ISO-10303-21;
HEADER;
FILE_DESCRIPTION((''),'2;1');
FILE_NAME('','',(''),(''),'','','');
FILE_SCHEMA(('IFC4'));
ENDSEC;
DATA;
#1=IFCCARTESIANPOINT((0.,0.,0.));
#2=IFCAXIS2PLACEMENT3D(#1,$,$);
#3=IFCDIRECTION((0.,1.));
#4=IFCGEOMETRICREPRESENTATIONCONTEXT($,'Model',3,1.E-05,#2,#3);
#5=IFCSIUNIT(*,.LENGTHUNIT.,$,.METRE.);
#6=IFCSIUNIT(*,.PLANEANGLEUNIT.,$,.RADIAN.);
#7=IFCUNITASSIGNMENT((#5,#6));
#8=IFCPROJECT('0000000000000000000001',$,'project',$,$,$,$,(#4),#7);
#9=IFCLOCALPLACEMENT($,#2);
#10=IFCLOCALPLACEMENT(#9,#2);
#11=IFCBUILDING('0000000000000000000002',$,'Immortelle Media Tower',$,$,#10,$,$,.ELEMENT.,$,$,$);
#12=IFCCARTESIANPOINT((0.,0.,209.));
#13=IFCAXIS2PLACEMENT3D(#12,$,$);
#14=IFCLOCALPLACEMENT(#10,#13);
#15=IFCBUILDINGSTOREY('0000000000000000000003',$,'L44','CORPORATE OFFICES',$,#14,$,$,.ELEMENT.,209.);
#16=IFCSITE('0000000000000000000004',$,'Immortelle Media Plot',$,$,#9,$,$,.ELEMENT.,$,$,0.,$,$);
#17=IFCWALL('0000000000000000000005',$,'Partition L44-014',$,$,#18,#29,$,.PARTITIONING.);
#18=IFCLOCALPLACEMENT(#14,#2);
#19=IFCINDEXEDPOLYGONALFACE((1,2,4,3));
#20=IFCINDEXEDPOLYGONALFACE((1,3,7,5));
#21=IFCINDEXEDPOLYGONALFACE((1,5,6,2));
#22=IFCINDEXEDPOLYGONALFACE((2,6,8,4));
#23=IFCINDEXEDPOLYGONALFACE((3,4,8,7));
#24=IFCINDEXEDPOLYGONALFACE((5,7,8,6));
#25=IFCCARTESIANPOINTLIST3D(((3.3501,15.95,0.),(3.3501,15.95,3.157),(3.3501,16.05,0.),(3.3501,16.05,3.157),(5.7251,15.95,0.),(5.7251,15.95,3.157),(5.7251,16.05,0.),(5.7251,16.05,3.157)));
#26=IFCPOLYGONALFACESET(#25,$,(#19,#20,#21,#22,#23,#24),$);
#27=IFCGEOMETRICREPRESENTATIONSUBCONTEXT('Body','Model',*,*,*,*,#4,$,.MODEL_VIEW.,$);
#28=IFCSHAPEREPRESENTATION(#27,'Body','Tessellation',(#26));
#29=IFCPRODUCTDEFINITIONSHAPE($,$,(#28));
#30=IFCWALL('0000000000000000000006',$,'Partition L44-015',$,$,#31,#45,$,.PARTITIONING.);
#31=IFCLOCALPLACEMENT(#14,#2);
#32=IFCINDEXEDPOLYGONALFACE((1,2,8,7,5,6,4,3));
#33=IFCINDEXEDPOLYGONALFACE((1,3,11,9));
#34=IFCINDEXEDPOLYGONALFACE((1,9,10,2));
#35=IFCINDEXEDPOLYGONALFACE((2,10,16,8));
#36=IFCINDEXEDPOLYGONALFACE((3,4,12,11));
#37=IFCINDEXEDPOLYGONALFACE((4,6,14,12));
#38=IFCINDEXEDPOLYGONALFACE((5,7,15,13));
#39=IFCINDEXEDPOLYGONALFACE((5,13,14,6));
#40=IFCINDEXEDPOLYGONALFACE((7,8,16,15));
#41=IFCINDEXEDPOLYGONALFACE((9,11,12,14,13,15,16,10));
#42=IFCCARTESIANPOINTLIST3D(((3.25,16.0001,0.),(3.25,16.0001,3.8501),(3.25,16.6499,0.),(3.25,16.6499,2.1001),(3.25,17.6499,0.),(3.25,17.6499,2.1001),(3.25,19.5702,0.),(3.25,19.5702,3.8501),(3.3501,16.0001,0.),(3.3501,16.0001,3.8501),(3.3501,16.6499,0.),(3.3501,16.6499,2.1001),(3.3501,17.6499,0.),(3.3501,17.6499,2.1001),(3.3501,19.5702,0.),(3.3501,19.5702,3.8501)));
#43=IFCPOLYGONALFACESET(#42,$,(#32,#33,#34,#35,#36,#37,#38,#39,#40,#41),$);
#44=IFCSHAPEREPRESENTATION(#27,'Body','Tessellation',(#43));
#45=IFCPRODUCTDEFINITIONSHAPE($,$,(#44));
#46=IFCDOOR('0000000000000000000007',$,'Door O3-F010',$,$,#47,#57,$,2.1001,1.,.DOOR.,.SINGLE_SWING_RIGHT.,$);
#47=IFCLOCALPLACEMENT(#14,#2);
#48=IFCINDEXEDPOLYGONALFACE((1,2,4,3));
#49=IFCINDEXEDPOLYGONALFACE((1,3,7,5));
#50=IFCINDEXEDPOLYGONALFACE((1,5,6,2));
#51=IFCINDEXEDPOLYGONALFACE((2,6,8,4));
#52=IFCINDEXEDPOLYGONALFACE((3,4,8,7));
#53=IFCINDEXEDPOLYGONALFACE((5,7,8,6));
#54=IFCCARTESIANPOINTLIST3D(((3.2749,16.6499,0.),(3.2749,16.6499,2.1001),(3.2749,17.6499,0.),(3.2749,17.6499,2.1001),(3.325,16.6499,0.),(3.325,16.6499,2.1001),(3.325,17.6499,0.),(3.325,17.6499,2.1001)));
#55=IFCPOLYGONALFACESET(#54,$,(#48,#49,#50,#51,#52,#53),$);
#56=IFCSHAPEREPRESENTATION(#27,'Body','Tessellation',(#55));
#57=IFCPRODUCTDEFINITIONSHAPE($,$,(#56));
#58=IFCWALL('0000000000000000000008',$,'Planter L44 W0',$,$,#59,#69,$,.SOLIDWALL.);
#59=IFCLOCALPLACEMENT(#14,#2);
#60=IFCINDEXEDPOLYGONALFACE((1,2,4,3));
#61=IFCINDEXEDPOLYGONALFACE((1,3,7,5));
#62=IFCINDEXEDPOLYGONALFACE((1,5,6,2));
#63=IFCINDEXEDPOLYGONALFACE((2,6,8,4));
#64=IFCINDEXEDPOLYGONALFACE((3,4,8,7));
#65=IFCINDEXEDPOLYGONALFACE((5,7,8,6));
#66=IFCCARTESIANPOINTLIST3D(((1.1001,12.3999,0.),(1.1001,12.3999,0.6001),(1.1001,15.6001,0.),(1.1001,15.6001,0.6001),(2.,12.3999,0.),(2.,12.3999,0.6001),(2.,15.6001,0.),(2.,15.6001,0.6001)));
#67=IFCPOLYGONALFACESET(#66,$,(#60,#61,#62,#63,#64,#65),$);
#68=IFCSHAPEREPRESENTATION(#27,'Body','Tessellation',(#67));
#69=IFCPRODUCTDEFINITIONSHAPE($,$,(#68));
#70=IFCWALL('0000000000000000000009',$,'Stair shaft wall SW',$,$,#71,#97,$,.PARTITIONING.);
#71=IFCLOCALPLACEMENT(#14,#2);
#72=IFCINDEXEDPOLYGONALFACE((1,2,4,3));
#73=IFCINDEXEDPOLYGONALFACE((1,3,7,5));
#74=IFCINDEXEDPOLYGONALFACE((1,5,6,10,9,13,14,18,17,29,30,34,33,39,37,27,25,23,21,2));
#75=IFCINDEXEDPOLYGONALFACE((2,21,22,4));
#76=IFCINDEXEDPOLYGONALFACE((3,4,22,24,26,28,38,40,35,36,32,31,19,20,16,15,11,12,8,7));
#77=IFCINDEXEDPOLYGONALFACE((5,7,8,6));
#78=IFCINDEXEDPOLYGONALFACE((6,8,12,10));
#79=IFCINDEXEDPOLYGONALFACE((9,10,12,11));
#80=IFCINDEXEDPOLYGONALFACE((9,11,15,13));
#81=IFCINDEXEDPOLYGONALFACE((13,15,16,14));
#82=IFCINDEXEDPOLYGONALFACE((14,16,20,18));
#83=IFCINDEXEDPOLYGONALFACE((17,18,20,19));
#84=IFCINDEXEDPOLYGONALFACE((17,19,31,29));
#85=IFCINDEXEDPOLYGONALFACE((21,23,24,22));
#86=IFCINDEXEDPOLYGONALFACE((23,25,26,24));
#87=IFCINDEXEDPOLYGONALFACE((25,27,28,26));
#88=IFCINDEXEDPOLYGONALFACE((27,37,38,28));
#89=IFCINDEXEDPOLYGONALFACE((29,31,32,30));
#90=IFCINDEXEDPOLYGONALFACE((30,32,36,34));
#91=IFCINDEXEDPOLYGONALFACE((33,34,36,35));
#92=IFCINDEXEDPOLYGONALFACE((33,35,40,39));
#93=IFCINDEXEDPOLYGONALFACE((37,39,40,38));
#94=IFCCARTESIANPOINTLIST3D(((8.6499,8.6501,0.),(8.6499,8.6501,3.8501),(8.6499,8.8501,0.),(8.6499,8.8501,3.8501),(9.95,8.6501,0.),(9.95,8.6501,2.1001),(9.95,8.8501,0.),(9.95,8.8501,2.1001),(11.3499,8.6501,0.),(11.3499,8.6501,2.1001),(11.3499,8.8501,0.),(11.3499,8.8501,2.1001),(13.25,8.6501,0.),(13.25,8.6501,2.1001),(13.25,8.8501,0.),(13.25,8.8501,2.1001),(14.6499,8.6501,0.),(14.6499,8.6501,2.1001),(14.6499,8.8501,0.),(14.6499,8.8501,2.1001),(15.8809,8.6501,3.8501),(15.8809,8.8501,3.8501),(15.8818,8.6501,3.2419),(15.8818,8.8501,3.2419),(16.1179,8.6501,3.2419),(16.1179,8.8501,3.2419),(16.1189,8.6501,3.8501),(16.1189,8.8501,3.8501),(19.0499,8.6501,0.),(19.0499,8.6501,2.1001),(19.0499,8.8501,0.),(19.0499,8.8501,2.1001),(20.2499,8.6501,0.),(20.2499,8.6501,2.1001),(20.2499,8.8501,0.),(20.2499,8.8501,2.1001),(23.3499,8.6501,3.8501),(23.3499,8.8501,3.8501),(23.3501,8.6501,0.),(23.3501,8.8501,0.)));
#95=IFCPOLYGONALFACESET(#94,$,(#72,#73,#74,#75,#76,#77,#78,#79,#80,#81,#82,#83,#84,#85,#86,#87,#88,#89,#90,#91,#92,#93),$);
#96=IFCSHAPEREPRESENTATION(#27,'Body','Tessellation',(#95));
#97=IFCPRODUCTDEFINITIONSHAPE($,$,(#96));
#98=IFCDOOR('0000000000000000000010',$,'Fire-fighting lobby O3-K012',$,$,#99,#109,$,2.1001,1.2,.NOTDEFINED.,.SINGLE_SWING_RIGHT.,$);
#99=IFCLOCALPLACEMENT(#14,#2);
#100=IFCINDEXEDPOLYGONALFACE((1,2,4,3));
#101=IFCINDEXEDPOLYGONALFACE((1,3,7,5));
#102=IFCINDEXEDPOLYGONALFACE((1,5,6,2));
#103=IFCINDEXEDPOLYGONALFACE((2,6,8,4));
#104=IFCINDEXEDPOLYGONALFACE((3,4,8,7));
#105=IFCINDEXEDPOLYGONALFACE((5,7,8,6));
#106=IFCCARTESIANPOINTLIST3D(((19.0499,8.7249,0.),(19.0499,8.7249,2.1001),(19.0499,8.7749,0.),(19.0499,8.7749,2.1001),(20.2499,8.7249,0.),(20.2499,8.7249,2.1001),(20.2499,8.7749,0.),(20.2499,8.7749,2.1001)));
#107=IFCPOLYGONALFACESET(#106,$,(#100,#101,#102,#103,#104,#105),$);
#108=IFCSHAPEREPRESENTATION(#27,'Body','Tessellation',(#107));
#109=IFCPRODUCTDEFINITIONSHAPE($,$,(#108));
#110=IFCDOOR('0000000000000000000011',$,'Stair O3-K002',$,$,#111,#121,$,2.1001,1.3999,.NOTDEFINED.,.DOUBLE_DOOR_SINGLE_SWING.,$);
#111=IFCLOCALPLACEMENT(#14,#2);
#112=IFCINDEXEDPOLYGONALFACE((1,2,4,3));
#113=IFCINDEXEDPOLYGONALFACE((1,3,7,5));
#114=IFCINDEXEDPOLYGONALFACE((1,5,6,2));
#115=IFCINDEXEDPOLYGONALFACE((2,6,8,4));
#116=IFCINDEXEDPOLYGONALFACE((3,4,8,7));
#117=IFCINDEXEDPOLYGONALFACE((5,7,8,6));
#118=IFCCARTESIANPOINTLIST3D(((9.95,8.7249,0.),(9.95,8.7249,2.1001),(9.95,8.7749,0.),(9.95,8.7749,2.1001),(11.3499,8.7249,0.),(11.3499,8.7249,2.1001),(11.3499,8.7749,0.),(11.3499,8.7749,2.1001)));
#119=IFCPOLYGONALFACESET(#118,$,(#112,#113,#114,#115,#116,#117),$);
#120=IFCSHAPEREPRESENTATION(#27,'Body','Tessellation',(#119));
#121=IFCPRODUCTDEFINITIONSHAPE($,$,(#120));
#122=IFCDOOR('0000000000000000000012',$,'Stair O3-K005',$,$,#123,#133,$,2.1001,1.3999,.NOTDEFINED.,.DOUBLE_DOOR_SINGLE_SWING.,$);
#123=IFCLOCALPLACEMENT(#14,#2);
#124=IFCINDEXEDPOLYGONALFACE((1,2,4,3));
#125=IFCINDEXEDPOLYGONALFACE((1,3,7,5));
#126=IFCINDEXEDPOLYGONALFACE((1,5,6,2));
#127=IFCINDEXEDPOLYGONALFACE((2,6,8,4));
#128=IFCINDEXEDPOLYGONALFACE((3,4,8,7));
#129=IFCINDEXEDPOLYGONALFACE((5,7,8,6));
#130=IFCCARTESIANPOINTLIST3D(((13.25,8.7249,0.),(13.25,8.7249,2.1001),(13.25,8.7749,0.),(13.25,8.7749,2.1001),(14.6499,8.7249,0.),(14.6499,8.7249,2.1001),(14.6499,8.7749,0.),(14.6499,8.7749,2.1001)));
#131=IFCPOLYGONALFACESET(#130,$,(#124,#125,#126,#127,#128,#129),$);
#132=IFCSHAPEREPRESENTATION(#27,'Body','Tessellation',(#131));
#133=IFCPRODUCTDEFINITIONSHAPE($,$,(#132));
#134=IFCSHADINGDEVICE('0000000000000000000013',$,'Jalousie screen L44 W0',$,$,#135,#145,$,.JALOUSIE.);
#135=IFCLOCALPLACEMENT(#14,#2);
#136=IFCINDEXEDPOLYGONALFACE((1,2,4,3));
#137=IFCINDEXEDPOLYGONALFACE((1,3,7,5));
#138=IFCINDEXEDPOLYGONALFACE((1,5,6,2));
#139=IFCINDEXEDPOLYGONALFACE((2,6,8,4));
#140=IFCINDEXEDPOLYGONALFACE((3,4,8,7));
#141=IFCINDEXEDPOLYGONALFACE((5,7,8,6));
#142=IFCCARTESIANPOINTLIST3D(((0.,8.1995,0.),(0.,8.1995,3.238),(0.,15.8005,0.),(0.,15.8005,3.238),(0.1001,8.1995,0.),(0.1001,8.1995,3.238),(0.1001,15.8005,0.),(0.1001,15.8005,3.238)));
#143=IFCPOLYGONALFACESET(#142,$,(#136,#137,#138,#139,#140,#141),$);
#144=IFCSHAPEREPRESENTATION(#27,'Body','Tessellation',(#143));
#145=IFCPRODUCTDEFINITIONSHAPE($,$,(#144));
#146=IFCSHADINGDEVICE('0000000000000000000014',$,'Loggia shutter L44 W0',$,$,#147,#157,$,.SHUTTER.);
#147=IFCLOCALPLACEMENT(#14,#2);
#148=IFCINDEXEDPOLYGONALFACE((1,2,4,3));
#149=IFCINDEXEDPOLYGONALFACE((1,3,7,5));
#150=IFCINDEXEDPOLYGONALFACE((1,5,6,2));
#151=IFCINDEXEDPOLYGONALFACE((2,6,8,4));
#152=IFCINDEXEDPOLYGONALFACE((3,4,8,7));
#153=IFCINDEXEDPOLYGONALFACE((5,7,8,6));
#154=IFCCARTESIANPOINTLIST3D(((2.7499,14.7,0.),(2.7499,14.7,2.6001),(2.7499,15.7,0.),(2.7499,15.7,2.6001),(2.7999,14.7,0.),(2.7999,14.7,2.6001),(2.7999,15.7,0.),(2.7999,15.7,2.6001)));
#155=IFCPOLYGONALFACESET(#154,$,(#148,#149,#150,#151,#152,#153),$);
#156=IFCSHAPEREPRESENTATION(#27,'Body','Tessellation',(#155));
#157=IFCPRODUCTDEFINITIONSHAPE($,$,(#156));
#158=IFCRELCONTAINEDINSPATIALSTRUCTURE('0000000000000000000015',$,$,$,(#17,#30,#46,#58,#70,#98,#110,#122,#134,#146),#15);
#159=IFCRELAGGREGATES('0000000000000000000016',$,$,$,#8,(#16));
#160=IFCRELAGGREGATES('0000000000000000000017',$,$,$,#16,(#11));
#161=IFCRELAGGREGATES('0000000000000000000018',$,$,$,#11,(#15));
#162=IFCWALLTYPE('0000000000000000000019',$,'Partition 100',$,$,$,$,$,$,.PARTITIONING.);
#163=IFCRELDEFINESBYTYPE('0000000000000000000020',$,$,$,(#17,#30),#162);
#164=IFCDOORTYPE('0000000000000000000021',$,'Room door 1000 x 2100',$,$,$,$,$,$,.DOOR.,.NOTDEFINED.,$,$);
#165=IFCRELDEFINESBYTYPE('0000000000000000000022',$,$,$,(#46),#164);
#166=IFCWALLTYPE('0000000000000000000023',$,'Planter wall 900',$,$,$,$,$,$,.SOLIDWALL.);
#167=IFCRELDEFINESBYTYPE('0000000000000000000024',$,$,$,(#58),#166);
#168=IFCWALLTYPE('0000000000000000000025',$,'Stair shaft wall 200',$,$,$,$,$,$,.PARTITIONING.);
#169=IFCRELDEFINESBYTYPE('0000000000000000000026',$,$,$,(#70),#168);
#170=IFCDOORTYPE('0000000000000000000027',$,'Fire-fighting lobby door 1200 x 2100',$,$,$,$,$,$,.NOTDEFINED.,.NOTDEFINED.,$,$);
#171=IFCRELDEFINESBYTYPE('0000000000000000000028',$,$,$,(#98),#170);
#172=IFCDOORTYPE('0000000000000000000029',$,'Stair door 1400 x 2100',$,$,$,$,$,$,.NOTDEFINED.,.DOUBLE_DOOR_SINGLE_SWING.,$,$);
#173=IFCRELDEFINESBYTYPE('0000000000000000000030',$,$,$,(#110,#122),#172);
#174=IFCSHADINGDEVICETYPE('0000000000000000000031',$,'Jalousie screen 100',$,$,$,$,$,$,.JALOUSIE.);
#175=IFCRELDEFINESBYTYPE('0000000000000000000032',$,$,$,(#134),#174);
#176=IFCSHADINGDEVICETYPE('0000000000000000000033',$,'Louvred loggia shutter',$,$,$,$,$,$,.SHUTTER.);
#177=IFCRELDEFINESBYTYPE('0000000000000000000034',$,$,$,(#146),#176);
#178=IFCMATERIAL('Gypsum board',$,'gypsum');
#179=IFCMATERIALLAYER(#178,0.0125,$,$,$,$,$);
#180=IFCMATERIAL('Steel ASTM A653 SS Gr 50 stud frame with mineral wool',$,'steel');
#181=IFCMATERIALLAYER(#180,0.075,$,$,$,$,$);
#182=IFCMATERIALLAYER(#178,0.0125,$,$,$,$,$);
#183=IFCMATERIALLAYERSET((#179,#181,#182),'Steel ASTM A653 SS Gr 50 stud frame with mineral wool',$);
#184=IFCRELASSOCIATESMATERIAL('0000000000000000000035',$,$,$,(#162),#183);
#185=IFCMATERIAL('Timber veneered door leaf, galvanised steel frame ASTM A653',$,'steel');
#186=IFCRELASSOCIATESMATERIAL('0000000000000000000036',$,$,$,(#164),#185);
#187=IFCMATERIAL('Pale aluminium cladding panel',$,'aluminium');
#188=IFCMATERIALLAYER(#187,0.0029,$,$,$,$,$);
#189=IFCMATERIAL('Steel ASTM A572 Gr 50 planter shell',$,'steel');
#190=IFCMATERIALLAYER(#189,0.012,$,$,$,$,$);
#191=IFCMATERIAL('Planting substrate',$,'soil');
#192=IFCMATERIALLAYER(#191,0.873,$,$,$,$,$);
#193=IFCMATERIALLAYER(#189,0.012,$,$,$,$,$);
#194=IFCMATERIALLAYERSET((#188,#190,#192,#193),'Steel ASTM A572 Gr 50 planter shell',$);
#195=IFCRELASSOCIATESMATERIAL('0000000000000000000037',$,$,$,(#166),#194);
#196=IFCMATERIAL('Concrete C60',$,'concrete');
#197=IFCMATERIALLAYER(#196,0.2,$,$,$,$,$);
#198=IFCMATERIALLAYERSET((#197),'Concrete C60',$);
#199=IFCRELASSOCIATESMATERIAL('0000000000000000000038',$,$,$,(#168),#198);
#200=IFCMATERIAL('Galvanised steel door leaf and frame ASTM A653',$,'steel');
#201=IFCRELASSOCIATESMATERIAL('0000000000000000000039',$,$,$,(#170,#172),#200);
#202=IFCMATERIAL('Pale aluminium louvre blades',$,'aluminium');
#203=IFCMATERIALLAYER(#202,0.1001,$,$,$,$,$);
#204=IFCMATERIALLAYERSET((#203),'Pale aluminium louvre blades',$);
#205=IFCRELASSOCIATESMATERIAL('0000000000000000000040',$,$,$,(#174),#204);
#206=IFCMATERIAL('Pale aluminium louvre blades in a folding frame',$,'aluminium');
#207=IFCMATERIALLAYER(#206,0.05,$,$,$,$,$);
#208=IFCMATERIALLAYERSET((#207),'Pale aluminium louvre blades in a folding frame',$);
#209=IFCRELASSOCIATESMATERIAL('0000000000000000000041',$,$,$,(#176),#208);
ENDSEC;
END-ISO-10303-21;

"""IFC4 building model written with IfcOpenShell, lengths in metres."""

from ifc_helpers import new_model, si_unit, direction, frame, frame_2d, origin, origin_2d, place, context, subcontext, project, spatial, polyline, rectangle, outline, extrude, material, layer, layer_set, type_object, element, fill, save


model = new_model("IFC4")

# Units and contexts
model_context = context("Model", 3, precision=1e-05, world=origin(), true_north=direction((0.0, 1.0)))
body_context = subcontext(model_context, "Body", "Model", "MODEL_VIEW")
ifc_project = project(units=[si_unit("LENGTHUNIT", "METRE"), si_unit("PLANEANGLEUNIT", "RADIAN")], contexts=[model_context])

# Site, building, storey
site_placement = place(None, origin())
site = spatial("IfcSite", under=ifc_project, at=site_placement, Name="Immortelle Media Plot", CompositionType="ELEMENT", RefElevation=0.0)
building_placement = place(site_placement, origin())
building = spatial("IfcBuilding", under=site, at=building_placement, Name="Immortelle Media Tower", CompositionType="ELEMENT")
storey_placement = place(building_placement, frame((0.0, 0.0, 209.0)))
storey = spatial("IfcBuildingStorey", under=building, at=storey_placement, Name="L44", Description="CORPORATE OFFICES", CompositionType="ELEMENT", Elevation=209.0)

# Shared definitions
ifc_material_1 = material(Name="Pale aluminium cladding panel", Category="aluminium")
ifc_material_2 = material(Name="Steel ASTM A653 SS Gr 50 stud frame with mineral wool", Category="steel")

# Wall
ifc_material_3 = material(Name="Gypsum board", Category="gypsum")
ifc_layer_1 = layer(ifc_material_3, 0.0125)
ifc_layer_2 = layer(ifc_material_2, 0.075)
ifc_layer_3 = layer(ifc_material_3, 0.0125)
ifc_layer_set_1 = layer_set([ifc_layer_1, ifc_layer_2, ifc_layer_3], Name="Steel ASTM A653 SS Gr 50 stud frame with mineral wool")
wall_type_1 = type_object("IfcWallType", Name="Partition 100", PredefinedType="PARTITIONING", material=ifc_layer_set_1)
wall_1_placement = place(storey_placement, frame((3.3501, 16.0, 0.0), z_axis=(0.0, 0.0, 1.0), x_axis=(1.0, 0.0, 0.0)))
element("IfcWall", 1, at=wall_1_placement, inside=storey, type_object=wall_type_1, Name="Partition L44-014", PredefinedType="PARTITIONING", context=body_context, shape_type="SweptSolid", body=[
    extrude(rectangle(XDim=2.375, YDim=0.1001, at=frame_2d((1.1875, 0.0))), origin(), (0.0, 0.0, 1.0), 3.157),
])

# Wall, opening, door
wall_2_placement = place(storey_placement, frame((3.3, 16.0, 0.0), z_axis=(0.0, 0.0, 1.0), x_axis=(0.0, 1.0, 0.0)))
wall_2 = element("IfcWall", 2, at=wall_2_placement, inside=storey, type_object=wall_type_1, Name="Partition L44-015", PredefinedType="PARTITIONING", context=body_context, shape_type="SweptSolid", body=[
    extrude(rectangle(XDim=3.5701, YDim=0.1001, at=frame_2d((1.7852, 0.0))), origin(), (0.0, 0.0, 1.0), 3.8501),
])
opening_1_placement = place(wall_2_placement, frame((1.6499, 0.0, 0.0), z_axis=(0.0, 0.0, 1.0), x_axis=(-1.0, 0.0, 0.0)))
opening_1 = element("IfcOpeningElement", 3, at=opening_1_placement, cuts=wall_2, PredefinedType="OPENING", context=body_context, shape_type="SweptSolid", body=[
    extrude(rectangle(XDim=1.0, YDim=2.1001, at=frame_2d((0.5, 1.05))), frame((0.0, 0.0601, 0.0), z_axis=(0.0, -1.0, 0.0), x_axis=(1.0, 0.0, 0.0)), (0.0, 0.0, 1.0), 0.1201),
])
ifc_material_4 = material(Name="Timber veneered door leaf, galvanised steel frame ASTM A653", Category="steel")
door_type_1 = type_object("IfcDoorType", Name="Room door 1000 x 2100", OperationType="NOTDEFINED", PredefinedType="DOOR", material=ifc_material_4)
door_1_placement = place(opening_1_placement, origin())
door_1 = element("IfcDoor", 4, at=door_1_placement, inside=storey, type_object=door_type_1, Name="Door O3-F010", OperationType="SINGLE_SWING_RIGHT", OverallHeight=2.1001, OverallWidth=1.0, PredefinedType="DOOR", context=body_context, shape_type="SweptSolid", body=[
    extrude(rectangle(XDim=1.0, YDim=2.1001, at=frame_2d((0.5, 1.05))), frame((0.0, 0.0249, 0.0), z_axis=(0.0, -1.0, 0.0), x_axis=(1.0, 0.0, 0.0)), (0.0, 0.0, 1.0), 0.05),
])
fill(opening_1, door_1)

# Wall
ifc_layer_4 = layer(ifc_material_1, 0.0029)
ifc_material_5 = material(Name="Steel ASTM A572 Gr 50 planter shell", Category="steel")
ifc_layer_5 = layer(ifc_material_5, 0.012)
ifc_material_6 = material(Name="Planting substrate", Category="soil")
ifc_layer_6 = layer(ifc_material_6, 0.873)
ifc_layer_7 = layer(ifc_material_5, 0.012)
ifc_layer_set_2 = layer_set([ifc_layer_4, ifc_layer_5, ifc_layer_6, ifc_layer_7], Name="Steel ASTM A572 Gr 50 planter shell")
wall_type_2 = type_object("IfcWallType", Name="Planter wall 900", PredefinedType="SOLIDWALL", material=ifc_layer_set_2)
wall_3_placement = place(storey_placement, frame((1.55, 15.6001, 0.0), z_axis=(0.0, 0.0, 1.0), x_axis=(0.0, -1.0, 0.0)))
element("IfcWall", 5, at=wall_3_placement, inside=storey, type_object=wall_type_2, Name="Planter L44 W0", PredefinedType="SOLIDWALL", context=body_context, shape_type="SweptSolid", body=[
    extrude(rectangle(XDim=3.2002, YDim=0.8999, at=frame_2d((1.6001, 0.0))), origin(), (0.0, 0.0, 1.0), 0.6001),
])

# Wall, openings, doors
ifc_material_7 = material(Name="Concrete C60", Category="concrete")
ifc_layer_8 = layer(ifc_material_7, 0.2)
ifc_layer_set_3 = layer_set([ifc_layer_8], Name="Concrete C60")
wall_type_3 = type_object("IfcWallType", Name="Stair shaft wall 200", PredefinedType="PARTITIONING", material=ifc_layer_set_3)
wall_4_placement = place(storey_placement, frame((8.6499, 8.75, 0.0), z_axis=(0.0, 0.0, 1.0), x_axis=(1.0, 0.0, 0.0)))
wall_4 = element("IfcWall", 6, at=wall_4_placement, inside=storey, type_object=wall_type_3, Name="Stair shaft wall SW", PredefinedType="PARTITIONING", context=body_context, shape_type="SweptSolid", body=[
    extrude(outline(polyline([(0.0, 0.0), (14.7002, 0.0), (14.7, 3.8501), (7.469, 3.8501), (7.468, 3.2419), (7.2319, 3.2419), (7.231, 3.8501), (0.0, 3.8501), (0.0, 0.0)])), frame((0.0, 0.1001, 0.0), z_axis=(0.0, -1.0, 0.0), x_axis=(1.0, 0.0, 0.0)), (0.0, 0.0, 1.0), 0.2),
])
opening_2_placement = place(wall_4_placement, frame((1.3, 0.0, 0.0)))
opening_2 = element("IfcOpeningElement", 7, at=opening_2_placement, cuts=wall_4, PredefinedType="OPENING", context=body_context, shape_type="SweptSolid", body=[
    extrude(rectangle(XDim=1.3999, YDim=2.1001, at=frame_2d((0.7, 1.05))), frame((0.0, 0.1099, 0.0), z_axis=(0.0, -1.0, 0.0), x_axis=(1.0, 0.0, 0.0)), (0.0, 0.0, 1.0), 0.22),
])
opening_3_placement = place(wall_4_placement, frame((4.6001, 0.0, 0.0)))
opening_3 = element("IfcOpeningElement", 8, at=opening_3_placement, cuts=wall_4, PredefinedType="OPENING", context=body_context, shape_type="SweptSolid", body=[
    extrude(rectangle(XDim=1.3999, YDim=2.1001, at=frame_2d((0.7, 1.05))), frame((0.0, 0.1099, 0.0), z_axis=(0.0, -1.0, 0.0), x_axis=(1.0, 0.0, 0.0)), (0.0, 0.0, 1.0), 0.22),
])
opening_4_placement = place(wall_4_placement, frame((10.3999, 0.0, 0.0)))
opening_4 = element("IfcOpeningElement", 9, at=opening_4_placement, cuts=wall_4, PredefinedType="OPENING", context=body_context, shape_type="SweptSolid", body=[
    extrude(rectangle(XDim=1.2, YDim=2.1001, at=frame_2d((0.6001, 1.05))), frame((0.0, 0.1099, 0.0), z_axis=(0.0, -1.0, 0.0), x_axis=(1.0, 0.0, 0.0)), (0.0, 0.0, 1.0), 0.22),
])
ifc_material_8 = material(Name="Galvanised steel door leaf and frame ASTM A653", Category="steel")
door_type_2 = type_object("IfcDoorType", Name="Fire-fighting lobby door 1200 x 2100", OperationType="NOTDEFINED", PredefinedType="NOTDEFINED", material=ifc_material_8)
door_2_placement = place(opening_4_placement, origin())
door_2 = element("IfcDoor", 10, at=door_2_placement, inside=storey, type_object=door_type_2, Name="Fire-fighting lobby O3-K012", OperationType="SINGLE_SWING_RIGHT", OverallHeight=2.1001, OverallWidth=1.2, PredefinedType="NOTDEFINED", context=body_context, shape_type="SweptSolid", body=[
    extrude(rectangle(XDim=1.2, YDim=2.1001, at=frame_2d((0.6001, 1.05))), frame((0.0, 0.0249, 0.0), z_axis=(0.0, -1.0, 0.0), x_axis=(1.0, 0.0, 0.0)), (0.0, 0.0, 1.0), 0.05),
])
fill(opening_4, door_2)
door_type_3 = type_object("IfcDoorType", Name="Stair door 1400 x 2100", OperationType="DOUBLE_DOOR_SINGLE_SWING", PredefinedType="NOTDEFINED", material=ifc_material_8)
door_3_placement = place(opening_2_placement, origin())
door_3 = element("IfcDoor", 11, at=door_3_placement, inside=storey, type_object=door_type_3, Name="Stair O3-K002", OperationType="DOUBLE_DOOR_SINGLE_SWING", OverallHeight=2.1001, OverallWidth=1.3999, PredefinedType="NOTDEFINED", context=body_context, shape_type="SweptSolid", body=[
    extrude(rectangle(XDim=1.3999, YDim=2.1001, at=frame_2d((0.7, 1.05))), frame((0.0, 0.0249, 0.0), z_axis=(0.0, -1.0, 0.0), x_axis=(1.0, 0.0, 0.0)), (0.0, 0.0, 1.0), 0.05),
])
fill(opening_2, door_3)
door_4_placement = place(opening_3_placement, origin())
door_4 = element("IfcDoor", 12, at=door_4_placement, inside=storey, type_object=door_type_3, Name="Stair O3-K005", OperationType="DOUBLE_DOOR_SINGLE_SWING", OverallHeight=2.1001, OverallWidth=1.3999, PredefinedType="NOTDEFINED", context=body_context, shape_type="SweptSolid", body=[
    extrude(rectangle(XDim=1.3999, YDim=2.1001, at=frame_2d((0.7, 1.05))), frame((0.0, 0.0249, 0.0), z_axis=(0.0, -1.0, 0.0), x_axis=(1.0, 0.0, 0.0)), (0.0, 0.0, 1.0), 0.05),
])
fill(opening_3, door_4)

# Shading devices
ifc_material_9 = material(Name="Pale aluminium louvre blades", Category="aluminium")
ifc_layer_9 = layer(ifc_material_9, 0.1001)
ifc_layer_set_4 = layer_set([ifc_layer_9], Name="Pale aluminium louvre blades")
shading_device_type_1 = type_object("IfcShadingDeviceType", Name="Jalousie screen 100", PredefinedType="JALOUSIE", material=ifc_layer_set_4)
shading_device_1_placement = place(storey_placement, frame((0.05, 12.0, 0.0), z_axis=(0.0, 0.0, 1.0), x_axis=(0.0, -1.0, 0.0)))
element("IfcShadingDevice", 13, at=shading_device_1_placement, inside=storey, type_object=shading_device_type_1, Name="Jalousie screen L44 W0", PredefinedType="JALOUSIE", context=body_context, shape_type="SweptSolid", body=[
    extrude(rectangle(XDim=7.6011, YDim=0.1001, at=origin_2d()), origin(), (0.0, 0.0, 1.0), 3.238),
])
ifc_material_10 = material(Name="Pale aluminium louvre blades in a folding frame", Category="aluminium")
ifc_layer_10 = layer(ifc_material_10, 0.05)
ifc_layer_set_5 = layer_set([ifc_layer_10], Name="Pale aluminium louvre blades in a folding frame")
shading_device_type_2 = type_object("IfcShadingDeviceType", Name="Louvred loggia shutter", PredefinedType="SHUTTER", material=ifc_layer_set_5)
shading_device_2_placement = place(storey_placement, frame((2.7749, 15.2, 0.0), z_axis=(0.0, 0.0, 1.0), x_axis=(0.0, -1.0, 0.0)))
element("IfcShadingDevice", 14, at=shading_device_2_placement, inside=storey, type_object=shading_device_type_2, Name="Loggia shutter L44 W0", PredefinedType="SHUTTER", context=body_context, shape_type="SweptSolid", body=[
    extrude(rectangle(XDim=1.0, YDim=0.05, at=origin_2d()), origin(), (0.0, 0.0, 1.0), 2.6001),
])

save(model, "model.ifc")
